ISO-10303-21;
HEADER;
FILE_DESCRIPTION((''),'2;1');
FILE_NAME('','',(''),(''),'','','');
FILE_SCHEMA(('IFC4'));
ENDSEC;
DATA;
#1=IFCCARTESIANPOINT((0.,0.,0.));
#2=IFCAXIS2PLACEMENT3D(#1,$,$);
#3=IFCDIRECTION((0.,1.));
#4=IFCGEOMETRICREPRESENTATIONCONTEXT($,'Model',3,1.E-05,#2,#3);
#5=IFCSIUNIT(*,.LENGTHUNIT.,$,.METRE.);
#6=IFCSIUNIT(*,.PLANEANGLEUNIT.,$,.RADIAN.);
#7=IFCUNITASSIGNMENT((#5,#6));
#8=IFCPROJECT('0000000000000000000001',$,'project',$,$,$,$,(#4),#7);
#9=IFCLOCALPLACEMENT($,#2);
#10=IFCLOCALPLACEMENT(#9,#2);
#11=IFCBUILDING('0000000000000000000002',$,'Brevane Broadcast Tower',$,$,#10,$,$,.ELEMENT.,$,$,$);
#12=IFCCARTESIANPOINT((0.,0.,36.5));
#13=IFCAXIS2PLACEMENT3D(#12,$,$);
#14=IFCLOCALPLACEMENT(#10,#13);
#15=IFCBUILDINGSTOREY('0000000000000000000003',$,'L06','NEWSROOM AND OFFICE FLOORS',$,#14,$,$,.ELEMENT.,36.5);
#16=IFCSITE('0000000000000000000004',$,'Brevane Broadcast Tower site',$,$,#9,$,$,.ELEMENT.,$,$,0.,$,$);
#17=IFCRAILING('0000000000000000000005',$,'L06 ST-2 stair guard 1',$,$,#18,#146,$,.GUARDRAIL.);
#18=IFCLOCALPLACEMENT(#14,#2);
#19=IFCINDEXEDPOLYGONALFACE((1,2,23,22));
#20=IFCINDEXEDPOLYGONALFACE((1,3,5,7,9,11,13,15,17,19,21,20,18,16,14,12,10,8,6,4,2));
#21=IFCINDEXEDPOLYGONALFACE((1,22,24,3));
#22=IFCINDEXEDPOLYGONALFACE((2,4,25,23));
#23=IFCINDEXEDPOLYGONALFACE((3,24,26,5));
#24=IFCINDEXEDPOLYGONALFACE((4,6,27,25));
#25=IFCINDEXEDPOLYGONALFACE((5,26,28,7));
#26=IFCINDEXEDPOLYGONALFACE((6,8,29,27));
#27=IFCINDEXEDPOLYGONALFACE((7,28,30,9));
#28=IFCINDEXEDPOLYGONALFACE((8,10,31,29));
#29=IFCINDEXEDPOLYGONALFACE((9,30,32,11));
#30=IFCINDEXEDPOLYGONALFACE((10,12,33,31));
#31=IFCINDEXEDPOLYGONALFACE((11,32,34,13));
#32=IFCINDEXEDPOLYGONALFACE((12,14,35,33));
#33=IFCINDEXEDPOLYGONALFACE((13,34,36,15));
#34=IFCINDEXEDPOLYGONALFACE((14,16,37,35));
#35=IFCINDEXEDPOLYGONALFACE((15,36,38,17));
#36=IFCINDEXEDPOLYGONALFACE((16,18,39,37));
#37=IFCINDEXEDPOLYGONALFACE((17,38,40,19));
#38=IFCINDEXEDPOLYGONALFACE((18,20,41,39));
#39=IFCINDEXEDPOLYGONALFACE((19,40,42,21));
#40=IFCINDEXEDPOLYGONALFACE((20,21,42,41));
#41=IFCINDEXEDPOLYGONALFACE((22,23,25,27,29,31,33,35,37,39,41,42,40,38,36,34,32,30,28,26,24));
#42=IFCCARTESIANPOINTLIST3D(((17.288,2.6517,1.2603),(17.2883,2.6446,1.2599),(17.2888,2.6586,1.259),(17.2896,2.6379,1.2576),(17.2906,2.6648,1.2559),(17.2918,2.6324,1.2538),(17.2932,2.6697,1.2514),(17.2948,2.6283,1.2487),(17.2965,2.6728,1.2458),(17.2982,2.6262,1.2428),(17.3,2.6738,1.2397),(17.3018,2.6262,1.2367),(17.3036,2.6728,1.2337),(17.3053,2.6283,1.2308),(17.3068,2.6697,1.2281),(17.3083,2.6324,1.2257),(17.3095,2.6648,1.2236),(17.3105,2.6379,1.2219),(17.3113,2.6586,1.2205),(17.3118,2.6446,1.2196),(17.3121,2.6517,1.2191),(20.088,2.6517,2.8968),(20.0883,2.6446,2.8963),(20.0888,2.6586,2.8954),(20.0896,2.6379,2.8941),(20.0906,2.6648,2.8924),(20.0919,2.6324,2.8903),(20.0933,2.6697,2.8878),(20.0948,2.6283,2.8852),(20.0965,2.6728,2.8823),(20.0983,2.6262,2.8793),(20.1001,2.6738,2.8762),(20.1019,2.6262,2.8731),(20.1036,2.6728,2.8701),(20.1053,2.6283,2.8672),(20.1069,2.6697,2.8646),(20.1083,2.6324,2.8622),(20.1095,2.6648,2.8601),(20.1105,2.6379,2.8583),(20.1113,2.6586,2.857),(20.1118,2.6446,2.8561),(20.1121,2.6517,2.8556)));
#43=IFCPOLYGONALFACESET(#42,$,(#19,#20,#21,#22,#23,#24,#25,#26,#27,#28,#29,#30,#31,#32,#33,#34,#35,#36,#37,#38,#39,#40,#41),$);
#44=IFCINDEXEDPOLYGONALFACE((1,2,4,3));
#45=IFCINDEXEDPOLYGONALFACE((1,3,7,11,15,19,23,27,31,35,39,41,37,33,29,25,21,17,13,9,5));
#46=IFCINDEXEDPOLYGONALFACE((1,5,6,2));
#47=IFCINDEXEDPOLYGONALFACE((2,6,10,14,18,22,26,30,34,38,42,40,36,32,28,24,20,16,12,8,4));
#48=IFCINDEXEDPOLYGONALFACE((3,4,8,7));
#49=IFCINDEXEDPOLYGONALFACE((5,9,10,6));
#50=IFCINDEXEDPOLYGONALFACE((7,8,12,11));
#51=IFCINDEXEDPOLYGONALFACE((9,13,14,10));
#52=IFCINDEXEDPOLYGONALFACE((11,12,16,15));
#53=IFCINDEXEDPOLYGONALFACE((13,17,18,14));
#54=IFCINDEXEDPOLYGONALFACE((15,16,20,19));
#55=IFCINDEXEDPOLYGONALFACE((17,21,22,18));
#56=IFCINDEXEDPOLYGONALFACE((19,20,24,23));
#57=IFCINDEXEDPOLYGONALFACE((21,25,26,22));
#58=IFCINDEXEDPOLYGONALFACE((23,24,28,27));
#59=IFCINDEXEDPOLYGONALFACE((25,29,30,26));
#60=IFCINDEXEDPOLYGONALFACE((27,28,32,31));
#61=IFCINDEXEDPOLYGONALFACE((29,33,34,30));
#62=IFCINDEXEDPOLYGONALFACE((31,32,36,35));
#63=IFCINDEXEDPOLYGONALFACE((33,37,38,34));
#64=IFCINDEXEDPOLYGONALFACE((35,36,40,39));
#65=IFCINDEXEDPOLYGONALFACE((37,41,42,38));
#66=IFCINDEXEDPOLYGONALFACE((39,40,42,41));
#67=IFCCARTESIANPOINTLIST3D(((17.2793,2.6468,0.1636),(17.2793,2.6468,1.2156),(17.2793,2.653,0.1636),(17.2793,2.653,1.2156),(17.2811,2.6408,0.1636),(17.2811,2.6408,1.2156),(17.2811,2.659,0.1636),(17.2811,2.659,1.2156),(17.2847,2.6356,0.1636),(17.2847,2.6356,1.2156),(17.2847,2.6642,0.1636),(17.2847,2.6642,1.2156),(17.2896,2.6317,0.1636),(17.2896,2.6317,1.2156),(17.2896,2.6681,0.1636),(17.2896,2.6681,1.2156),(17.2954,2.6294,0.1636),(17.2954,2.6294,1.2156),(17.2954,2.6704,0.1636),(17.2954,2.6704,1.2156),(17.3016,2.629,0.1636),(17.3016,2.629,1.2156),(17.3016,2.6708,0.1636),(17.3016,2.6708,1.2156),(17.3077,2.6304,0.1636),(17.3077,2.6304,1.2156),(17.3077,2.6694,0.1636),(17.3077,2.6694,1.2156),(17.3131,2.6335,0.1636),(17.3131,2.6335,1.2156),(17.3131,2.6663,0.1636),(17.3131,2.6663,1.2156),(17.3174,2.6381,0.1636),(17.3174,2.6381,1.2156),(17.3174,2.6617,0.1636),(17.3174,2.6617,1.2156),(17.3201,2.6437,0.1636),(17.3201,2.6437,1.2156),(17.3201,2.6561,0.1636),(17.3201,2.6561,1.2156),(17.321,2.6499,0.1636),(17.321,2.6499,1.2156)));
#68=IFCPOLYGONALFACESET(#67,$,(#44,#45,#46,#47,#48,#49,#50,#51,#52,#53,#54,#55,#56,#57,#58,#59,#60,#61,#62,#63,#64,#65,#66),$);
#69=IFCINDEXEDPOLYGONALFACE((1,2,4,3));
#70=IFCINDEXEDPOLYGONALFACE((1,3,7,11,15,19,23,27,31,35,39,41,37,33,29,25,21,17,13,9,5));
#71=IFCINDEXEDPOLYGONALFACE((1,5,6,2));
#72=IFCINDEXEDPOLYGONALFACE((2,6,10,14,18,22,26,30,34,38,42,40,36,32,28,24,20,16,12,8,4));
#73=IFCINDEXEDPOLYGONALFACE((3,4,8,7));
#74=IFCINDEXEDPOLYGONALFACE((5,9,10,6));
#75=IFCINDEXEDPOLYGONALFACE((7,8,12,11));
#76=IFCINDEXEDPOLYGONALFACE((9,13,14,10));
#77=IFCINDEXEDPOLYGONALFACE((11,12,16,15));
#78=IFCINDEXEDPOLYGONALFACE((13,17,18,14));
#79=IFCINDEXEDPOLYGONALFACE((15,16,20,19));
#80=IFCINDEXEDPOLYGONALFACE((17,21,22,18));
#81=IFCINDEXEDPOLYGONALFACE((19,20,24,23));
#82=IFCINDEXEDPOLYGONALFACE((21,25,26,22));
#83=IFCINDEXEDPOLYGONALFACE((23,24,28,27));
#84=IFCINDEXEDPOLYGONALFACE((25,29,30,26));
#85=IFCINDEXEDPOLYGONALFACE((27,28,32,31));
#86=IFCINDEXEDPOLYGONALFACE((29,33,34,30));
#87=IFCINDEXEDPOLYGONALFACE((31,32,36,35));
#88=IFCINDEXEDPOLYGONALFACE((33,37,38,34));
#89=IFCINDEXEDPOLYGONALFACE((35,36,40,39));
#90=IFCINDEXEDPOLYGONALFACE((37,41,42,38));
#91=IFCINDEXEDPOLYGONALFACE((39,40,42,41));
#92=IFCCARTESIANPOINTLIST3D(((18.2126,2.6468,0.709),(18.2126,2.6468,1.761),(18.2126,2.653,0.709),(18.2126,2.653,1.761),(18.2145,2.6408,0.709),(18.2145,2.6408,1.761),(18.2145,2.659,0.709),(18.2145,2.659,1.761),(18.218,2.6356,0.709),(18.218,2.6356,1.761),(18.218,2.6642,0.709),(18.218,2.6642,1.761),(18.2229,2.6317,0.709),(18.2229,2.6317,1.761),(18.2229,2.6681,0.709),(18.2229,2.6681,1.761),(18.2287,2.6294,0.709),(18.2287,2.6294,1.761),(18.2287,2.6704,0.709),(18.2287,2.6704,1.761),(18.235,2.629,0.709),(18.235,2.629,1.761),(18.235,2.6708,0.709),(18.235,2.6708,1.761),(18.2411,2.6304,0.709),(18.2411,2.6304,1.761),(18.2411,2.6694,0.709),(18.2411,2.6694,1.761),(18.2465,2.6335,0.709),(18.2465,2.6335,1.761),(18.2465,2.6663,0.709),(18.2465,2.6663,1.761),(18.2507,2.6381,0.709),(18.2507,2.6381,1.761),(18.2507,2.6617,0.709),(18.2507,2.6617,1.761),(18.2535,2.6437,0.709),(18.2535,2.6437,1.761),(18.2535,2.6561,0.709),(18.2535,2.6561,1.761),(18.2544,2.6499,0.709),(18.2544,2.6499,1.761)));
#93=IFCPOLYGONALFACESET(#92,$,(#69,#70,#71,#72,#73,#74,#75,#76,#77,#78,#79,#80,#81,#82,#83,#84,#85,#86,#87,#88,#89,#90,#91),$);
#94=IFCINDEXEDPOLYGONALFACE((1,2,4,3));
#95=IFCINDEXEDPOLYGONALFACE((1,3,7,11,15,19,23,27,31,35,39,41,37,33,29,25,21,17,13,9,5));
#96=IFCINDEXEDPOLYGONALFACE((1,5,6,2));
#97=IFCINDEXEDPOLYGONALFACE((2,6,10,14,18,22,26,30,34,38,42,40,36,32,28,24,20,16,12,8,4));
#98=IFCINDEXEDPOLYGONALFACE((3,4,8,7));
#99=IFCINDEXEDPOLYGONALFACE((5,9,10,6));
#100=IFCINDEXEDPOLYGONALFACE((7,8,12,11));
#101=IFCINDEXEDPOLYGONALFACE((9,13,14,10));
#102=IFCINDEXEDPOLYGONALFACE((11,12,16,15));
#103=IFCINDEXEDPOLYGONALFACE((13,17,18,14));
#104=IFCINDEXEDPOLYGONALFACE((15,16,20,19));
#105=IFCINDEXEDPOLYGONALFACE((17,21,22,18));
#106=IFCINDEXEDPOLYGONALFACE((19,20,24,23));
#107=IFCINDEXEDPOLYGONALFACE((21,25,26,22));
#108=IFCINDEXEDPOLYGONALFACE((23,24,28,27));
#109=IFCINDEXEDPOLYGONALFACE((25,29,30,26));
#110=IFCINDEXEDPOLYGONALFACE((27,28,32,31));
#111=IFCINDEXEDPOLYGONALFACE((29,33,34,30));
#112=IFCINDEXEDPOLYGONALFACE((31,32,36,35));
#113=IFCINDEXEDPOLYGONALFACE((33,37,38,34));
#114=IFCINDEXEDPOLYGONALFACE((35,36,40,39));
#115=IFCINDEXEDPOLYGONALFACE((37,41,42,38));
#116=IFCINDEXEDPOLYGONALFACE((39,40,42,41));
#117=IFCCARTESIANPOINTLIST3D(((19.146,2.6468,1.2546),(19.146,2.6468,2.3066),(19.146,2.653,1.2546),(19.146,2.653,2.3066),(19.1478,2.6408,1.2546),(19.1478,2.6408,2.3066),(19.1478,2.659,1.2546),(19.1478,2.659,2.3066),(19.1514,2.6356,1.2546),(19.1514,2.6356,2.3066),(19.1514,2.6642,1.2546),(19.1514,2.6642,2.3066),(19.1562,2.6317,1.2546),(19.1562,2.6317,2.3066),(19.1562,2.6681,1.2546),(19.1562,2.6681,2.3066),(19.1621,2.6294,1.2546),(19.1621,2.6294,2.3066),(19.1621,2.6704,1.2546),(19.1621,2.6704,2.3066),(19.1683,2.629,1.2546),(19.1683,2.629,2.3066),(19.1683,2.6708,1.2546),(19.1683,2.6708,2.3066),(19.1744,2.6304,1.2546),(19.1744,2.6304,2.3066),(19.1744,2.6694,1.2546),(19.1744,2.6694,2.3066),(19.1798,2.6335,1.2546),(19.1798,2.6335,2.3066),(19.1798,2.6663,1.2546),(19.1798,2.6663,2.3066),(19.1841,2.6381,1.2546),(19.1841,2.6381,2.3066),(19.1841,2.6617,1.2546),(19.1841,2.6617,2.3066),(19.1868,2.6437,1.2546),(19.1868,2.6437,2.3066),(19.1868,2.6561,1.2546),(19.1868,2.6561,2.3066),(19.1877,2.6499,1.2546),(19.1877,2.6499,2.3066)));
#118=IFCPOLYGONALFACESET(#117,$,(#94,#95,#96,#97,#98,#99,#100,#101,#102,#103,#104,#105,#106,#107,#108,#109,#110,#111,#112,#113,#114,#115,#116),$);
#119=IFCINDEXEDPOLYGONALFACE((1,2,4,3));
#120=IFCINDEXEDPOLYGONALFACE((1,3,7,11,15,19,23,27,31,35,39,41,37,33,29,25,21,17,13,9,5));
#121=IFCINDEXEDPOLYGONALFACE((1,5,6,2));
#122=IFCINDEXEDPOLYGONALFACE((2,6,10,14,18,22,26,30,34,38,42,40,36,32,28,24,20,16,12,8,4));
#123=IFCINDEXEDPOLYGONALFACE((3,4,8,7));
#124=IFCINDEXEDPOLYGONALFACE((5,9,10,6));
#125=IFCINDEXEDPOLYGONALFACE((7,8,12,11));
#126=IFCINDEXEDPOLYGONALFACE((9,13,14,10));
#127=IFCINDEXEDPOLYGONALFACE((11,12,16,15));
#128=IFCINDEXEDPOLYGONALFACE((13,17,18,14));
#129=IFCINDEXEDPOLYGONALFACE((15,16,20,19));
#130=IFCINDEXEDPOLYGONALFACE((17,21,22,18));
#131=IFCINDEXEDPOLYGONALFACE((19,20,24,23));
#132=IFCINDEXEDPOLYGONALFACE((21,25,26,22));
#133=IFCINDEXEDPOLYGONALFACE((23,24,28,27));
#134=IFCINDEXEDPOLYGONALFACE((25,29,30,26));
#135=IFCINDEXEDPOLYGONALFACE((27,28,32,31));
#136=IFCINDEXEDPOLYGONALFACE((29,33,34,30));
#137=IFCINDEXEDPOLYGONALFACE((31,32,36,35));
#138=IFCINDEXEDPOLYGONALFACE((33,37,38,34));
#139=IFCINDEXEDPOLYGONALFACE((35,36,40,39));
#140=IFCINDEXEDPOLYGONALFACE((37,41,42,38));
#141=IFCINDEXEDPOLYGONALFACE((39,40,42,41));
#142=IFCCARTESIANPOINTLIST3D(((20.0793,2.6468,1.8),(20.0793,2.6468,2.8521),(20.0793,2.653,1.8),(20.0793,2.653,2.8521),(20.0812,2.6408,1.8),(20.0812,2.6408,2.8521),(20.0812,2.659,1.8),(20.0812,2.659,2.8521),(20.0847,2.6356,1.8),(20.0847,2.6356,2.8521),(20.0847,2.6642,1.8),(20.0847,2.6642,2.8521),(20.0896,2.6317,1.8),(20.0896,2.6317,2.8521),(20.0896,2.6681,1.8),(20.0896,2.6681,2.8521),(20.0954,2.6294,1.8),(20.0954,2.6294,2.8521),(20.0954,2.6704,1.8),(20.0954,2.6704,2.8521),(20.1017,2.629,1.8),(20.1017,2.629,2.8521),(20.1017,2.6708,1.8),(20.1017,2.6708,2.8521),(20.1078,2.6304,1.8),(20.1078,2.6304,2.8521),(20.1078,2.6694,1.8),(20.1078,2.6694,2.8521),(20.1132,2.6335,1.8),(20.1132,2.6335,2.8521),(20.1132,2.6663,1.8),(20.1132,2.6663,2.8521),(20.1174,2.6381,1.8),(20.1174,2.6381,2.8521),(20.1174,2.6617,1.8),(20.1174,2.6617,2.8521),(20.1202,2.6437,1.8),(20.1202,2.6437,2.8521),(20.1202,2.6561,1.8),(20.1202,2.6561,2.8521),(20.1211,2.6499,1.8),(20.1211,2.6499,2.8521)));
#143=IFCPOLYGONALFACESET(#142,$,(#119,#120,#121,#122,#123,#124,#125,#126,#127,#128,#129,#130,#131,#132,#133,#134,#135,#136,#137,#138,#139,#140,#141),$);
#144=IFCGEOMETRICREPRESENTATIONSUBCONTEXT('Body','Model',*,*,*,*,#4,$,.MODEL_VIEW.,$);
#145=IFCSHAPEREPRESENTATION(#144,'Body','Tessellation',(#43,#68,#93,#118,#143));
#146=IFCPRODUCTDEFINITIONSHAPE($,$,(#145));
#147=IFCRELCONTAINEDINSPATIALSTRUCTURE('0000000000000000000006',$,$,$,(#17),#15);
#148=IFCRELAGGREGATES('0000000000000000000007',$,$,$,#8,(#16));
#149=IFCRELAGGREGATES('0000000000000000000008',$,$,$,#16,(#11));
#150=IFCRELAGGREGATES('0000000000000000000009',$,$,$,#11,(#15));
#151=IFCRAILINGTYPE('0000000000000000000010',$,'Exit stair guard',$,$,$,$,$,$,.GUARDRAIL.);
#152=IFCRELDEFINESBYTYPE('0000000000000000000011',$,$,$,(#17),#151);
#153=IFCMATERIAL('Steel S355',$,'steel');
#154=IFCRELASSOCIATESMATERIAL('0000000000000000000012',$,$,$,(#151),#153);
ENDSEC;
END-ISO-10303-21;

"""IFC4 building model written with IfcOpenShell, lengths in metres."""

from ifc_helpers import new_model, si_unit, direction, frame, origin, origin_2d, place, context, subcontext, project, spatial, circle, extrude, material, type_object, element, save


model = new_model("IFC4")

# Units and contexts
model_context = context("Model", 3, precision=1e-05, world=origin(), true_north=direction((0.0, 1.0)))
body_context = subcontext(model_context, "Body", "Model", "MODEL_VIEW")
ifc_project = project(units=[si_unit("LENGTHUNIT", "METRE"), si_unit("PLANEANGLEUNIT", "RADIAN")], contexts=[model_context])

# Site, building, storey
site_placement = place(None, origin())
site = spatial("IfcSite", under=ifc_project, at=site_placement, Name="Brevane Broadcast Tower site", CompositionType="ELEMENT", RefElevation=0.0)
building_placement = place(site_placement, origin())
building = spatial("IfcBuilding", under=site, at=building_placement, Name="Brevane Broadcast Tower", CompositionType="ELEMENT")
storey_placement = place(building_placement, frame((0.0, 0.0, 36.5)))
storey = spatial("IfcBuildingStorey", under=building, at=storey_placement, Name="L06", Description="NEWSROOM AND OFFICE FLOORS", CompositionType="ELEMENT", Elevation=36.5)

# Railing
ifc_material_1 = material(Name="Steel S355", Category="steel")
railing_type_1 = type_object("IfcRailingType", Name="Exit stair guard", PredefinedType="GUARDRAIL", material=ifc_material_1)
railing_1_placement = place(storey_placement, frame((17.3, 2.6499, 0.1636)))
element("IfcRailing", 1, at=railing_1_placement, inside=storey, type_object=railing_type_1, Name="L06 ST-2 stair guard 1", PredefinedType="GUARDRAIL", context=body_context, shape_type="SweptSolid", body=[
    extrude(circle(Radius=0.0239, at=origin_2d()), frame((0.0, 0.0, 1.0762), z_axis=(0.863361, 0.0, 0.504587), x_axis=(0.0, 1.0, 0.0)), (0.0, 0.0, 1.0), 3.2432),
    extrude(circle(Radius=0.021, at=origin_2d()), origin(), (0.0, 0.0, 1.0), 1.052),
    extrude(circle(Radius=0.021, at=origin_2d()), frame((0.9333, 0.0, 0.5454)), (0.0, 0.0, 1.0), 1.052),
    extrude(circle(Radius=0.021, at=origin_2d()), frame((1.8667, 0.0, 1.0911)), (0.0, 0.0, 1.0), 1.052),
    extrude(circle(Radius=0.021, at=origin_2d()), frame((2.8, 0.0, 1.6365)), (0.0, 0.0, 1.0), 1.052),
])

save(model, "model.ifc")
